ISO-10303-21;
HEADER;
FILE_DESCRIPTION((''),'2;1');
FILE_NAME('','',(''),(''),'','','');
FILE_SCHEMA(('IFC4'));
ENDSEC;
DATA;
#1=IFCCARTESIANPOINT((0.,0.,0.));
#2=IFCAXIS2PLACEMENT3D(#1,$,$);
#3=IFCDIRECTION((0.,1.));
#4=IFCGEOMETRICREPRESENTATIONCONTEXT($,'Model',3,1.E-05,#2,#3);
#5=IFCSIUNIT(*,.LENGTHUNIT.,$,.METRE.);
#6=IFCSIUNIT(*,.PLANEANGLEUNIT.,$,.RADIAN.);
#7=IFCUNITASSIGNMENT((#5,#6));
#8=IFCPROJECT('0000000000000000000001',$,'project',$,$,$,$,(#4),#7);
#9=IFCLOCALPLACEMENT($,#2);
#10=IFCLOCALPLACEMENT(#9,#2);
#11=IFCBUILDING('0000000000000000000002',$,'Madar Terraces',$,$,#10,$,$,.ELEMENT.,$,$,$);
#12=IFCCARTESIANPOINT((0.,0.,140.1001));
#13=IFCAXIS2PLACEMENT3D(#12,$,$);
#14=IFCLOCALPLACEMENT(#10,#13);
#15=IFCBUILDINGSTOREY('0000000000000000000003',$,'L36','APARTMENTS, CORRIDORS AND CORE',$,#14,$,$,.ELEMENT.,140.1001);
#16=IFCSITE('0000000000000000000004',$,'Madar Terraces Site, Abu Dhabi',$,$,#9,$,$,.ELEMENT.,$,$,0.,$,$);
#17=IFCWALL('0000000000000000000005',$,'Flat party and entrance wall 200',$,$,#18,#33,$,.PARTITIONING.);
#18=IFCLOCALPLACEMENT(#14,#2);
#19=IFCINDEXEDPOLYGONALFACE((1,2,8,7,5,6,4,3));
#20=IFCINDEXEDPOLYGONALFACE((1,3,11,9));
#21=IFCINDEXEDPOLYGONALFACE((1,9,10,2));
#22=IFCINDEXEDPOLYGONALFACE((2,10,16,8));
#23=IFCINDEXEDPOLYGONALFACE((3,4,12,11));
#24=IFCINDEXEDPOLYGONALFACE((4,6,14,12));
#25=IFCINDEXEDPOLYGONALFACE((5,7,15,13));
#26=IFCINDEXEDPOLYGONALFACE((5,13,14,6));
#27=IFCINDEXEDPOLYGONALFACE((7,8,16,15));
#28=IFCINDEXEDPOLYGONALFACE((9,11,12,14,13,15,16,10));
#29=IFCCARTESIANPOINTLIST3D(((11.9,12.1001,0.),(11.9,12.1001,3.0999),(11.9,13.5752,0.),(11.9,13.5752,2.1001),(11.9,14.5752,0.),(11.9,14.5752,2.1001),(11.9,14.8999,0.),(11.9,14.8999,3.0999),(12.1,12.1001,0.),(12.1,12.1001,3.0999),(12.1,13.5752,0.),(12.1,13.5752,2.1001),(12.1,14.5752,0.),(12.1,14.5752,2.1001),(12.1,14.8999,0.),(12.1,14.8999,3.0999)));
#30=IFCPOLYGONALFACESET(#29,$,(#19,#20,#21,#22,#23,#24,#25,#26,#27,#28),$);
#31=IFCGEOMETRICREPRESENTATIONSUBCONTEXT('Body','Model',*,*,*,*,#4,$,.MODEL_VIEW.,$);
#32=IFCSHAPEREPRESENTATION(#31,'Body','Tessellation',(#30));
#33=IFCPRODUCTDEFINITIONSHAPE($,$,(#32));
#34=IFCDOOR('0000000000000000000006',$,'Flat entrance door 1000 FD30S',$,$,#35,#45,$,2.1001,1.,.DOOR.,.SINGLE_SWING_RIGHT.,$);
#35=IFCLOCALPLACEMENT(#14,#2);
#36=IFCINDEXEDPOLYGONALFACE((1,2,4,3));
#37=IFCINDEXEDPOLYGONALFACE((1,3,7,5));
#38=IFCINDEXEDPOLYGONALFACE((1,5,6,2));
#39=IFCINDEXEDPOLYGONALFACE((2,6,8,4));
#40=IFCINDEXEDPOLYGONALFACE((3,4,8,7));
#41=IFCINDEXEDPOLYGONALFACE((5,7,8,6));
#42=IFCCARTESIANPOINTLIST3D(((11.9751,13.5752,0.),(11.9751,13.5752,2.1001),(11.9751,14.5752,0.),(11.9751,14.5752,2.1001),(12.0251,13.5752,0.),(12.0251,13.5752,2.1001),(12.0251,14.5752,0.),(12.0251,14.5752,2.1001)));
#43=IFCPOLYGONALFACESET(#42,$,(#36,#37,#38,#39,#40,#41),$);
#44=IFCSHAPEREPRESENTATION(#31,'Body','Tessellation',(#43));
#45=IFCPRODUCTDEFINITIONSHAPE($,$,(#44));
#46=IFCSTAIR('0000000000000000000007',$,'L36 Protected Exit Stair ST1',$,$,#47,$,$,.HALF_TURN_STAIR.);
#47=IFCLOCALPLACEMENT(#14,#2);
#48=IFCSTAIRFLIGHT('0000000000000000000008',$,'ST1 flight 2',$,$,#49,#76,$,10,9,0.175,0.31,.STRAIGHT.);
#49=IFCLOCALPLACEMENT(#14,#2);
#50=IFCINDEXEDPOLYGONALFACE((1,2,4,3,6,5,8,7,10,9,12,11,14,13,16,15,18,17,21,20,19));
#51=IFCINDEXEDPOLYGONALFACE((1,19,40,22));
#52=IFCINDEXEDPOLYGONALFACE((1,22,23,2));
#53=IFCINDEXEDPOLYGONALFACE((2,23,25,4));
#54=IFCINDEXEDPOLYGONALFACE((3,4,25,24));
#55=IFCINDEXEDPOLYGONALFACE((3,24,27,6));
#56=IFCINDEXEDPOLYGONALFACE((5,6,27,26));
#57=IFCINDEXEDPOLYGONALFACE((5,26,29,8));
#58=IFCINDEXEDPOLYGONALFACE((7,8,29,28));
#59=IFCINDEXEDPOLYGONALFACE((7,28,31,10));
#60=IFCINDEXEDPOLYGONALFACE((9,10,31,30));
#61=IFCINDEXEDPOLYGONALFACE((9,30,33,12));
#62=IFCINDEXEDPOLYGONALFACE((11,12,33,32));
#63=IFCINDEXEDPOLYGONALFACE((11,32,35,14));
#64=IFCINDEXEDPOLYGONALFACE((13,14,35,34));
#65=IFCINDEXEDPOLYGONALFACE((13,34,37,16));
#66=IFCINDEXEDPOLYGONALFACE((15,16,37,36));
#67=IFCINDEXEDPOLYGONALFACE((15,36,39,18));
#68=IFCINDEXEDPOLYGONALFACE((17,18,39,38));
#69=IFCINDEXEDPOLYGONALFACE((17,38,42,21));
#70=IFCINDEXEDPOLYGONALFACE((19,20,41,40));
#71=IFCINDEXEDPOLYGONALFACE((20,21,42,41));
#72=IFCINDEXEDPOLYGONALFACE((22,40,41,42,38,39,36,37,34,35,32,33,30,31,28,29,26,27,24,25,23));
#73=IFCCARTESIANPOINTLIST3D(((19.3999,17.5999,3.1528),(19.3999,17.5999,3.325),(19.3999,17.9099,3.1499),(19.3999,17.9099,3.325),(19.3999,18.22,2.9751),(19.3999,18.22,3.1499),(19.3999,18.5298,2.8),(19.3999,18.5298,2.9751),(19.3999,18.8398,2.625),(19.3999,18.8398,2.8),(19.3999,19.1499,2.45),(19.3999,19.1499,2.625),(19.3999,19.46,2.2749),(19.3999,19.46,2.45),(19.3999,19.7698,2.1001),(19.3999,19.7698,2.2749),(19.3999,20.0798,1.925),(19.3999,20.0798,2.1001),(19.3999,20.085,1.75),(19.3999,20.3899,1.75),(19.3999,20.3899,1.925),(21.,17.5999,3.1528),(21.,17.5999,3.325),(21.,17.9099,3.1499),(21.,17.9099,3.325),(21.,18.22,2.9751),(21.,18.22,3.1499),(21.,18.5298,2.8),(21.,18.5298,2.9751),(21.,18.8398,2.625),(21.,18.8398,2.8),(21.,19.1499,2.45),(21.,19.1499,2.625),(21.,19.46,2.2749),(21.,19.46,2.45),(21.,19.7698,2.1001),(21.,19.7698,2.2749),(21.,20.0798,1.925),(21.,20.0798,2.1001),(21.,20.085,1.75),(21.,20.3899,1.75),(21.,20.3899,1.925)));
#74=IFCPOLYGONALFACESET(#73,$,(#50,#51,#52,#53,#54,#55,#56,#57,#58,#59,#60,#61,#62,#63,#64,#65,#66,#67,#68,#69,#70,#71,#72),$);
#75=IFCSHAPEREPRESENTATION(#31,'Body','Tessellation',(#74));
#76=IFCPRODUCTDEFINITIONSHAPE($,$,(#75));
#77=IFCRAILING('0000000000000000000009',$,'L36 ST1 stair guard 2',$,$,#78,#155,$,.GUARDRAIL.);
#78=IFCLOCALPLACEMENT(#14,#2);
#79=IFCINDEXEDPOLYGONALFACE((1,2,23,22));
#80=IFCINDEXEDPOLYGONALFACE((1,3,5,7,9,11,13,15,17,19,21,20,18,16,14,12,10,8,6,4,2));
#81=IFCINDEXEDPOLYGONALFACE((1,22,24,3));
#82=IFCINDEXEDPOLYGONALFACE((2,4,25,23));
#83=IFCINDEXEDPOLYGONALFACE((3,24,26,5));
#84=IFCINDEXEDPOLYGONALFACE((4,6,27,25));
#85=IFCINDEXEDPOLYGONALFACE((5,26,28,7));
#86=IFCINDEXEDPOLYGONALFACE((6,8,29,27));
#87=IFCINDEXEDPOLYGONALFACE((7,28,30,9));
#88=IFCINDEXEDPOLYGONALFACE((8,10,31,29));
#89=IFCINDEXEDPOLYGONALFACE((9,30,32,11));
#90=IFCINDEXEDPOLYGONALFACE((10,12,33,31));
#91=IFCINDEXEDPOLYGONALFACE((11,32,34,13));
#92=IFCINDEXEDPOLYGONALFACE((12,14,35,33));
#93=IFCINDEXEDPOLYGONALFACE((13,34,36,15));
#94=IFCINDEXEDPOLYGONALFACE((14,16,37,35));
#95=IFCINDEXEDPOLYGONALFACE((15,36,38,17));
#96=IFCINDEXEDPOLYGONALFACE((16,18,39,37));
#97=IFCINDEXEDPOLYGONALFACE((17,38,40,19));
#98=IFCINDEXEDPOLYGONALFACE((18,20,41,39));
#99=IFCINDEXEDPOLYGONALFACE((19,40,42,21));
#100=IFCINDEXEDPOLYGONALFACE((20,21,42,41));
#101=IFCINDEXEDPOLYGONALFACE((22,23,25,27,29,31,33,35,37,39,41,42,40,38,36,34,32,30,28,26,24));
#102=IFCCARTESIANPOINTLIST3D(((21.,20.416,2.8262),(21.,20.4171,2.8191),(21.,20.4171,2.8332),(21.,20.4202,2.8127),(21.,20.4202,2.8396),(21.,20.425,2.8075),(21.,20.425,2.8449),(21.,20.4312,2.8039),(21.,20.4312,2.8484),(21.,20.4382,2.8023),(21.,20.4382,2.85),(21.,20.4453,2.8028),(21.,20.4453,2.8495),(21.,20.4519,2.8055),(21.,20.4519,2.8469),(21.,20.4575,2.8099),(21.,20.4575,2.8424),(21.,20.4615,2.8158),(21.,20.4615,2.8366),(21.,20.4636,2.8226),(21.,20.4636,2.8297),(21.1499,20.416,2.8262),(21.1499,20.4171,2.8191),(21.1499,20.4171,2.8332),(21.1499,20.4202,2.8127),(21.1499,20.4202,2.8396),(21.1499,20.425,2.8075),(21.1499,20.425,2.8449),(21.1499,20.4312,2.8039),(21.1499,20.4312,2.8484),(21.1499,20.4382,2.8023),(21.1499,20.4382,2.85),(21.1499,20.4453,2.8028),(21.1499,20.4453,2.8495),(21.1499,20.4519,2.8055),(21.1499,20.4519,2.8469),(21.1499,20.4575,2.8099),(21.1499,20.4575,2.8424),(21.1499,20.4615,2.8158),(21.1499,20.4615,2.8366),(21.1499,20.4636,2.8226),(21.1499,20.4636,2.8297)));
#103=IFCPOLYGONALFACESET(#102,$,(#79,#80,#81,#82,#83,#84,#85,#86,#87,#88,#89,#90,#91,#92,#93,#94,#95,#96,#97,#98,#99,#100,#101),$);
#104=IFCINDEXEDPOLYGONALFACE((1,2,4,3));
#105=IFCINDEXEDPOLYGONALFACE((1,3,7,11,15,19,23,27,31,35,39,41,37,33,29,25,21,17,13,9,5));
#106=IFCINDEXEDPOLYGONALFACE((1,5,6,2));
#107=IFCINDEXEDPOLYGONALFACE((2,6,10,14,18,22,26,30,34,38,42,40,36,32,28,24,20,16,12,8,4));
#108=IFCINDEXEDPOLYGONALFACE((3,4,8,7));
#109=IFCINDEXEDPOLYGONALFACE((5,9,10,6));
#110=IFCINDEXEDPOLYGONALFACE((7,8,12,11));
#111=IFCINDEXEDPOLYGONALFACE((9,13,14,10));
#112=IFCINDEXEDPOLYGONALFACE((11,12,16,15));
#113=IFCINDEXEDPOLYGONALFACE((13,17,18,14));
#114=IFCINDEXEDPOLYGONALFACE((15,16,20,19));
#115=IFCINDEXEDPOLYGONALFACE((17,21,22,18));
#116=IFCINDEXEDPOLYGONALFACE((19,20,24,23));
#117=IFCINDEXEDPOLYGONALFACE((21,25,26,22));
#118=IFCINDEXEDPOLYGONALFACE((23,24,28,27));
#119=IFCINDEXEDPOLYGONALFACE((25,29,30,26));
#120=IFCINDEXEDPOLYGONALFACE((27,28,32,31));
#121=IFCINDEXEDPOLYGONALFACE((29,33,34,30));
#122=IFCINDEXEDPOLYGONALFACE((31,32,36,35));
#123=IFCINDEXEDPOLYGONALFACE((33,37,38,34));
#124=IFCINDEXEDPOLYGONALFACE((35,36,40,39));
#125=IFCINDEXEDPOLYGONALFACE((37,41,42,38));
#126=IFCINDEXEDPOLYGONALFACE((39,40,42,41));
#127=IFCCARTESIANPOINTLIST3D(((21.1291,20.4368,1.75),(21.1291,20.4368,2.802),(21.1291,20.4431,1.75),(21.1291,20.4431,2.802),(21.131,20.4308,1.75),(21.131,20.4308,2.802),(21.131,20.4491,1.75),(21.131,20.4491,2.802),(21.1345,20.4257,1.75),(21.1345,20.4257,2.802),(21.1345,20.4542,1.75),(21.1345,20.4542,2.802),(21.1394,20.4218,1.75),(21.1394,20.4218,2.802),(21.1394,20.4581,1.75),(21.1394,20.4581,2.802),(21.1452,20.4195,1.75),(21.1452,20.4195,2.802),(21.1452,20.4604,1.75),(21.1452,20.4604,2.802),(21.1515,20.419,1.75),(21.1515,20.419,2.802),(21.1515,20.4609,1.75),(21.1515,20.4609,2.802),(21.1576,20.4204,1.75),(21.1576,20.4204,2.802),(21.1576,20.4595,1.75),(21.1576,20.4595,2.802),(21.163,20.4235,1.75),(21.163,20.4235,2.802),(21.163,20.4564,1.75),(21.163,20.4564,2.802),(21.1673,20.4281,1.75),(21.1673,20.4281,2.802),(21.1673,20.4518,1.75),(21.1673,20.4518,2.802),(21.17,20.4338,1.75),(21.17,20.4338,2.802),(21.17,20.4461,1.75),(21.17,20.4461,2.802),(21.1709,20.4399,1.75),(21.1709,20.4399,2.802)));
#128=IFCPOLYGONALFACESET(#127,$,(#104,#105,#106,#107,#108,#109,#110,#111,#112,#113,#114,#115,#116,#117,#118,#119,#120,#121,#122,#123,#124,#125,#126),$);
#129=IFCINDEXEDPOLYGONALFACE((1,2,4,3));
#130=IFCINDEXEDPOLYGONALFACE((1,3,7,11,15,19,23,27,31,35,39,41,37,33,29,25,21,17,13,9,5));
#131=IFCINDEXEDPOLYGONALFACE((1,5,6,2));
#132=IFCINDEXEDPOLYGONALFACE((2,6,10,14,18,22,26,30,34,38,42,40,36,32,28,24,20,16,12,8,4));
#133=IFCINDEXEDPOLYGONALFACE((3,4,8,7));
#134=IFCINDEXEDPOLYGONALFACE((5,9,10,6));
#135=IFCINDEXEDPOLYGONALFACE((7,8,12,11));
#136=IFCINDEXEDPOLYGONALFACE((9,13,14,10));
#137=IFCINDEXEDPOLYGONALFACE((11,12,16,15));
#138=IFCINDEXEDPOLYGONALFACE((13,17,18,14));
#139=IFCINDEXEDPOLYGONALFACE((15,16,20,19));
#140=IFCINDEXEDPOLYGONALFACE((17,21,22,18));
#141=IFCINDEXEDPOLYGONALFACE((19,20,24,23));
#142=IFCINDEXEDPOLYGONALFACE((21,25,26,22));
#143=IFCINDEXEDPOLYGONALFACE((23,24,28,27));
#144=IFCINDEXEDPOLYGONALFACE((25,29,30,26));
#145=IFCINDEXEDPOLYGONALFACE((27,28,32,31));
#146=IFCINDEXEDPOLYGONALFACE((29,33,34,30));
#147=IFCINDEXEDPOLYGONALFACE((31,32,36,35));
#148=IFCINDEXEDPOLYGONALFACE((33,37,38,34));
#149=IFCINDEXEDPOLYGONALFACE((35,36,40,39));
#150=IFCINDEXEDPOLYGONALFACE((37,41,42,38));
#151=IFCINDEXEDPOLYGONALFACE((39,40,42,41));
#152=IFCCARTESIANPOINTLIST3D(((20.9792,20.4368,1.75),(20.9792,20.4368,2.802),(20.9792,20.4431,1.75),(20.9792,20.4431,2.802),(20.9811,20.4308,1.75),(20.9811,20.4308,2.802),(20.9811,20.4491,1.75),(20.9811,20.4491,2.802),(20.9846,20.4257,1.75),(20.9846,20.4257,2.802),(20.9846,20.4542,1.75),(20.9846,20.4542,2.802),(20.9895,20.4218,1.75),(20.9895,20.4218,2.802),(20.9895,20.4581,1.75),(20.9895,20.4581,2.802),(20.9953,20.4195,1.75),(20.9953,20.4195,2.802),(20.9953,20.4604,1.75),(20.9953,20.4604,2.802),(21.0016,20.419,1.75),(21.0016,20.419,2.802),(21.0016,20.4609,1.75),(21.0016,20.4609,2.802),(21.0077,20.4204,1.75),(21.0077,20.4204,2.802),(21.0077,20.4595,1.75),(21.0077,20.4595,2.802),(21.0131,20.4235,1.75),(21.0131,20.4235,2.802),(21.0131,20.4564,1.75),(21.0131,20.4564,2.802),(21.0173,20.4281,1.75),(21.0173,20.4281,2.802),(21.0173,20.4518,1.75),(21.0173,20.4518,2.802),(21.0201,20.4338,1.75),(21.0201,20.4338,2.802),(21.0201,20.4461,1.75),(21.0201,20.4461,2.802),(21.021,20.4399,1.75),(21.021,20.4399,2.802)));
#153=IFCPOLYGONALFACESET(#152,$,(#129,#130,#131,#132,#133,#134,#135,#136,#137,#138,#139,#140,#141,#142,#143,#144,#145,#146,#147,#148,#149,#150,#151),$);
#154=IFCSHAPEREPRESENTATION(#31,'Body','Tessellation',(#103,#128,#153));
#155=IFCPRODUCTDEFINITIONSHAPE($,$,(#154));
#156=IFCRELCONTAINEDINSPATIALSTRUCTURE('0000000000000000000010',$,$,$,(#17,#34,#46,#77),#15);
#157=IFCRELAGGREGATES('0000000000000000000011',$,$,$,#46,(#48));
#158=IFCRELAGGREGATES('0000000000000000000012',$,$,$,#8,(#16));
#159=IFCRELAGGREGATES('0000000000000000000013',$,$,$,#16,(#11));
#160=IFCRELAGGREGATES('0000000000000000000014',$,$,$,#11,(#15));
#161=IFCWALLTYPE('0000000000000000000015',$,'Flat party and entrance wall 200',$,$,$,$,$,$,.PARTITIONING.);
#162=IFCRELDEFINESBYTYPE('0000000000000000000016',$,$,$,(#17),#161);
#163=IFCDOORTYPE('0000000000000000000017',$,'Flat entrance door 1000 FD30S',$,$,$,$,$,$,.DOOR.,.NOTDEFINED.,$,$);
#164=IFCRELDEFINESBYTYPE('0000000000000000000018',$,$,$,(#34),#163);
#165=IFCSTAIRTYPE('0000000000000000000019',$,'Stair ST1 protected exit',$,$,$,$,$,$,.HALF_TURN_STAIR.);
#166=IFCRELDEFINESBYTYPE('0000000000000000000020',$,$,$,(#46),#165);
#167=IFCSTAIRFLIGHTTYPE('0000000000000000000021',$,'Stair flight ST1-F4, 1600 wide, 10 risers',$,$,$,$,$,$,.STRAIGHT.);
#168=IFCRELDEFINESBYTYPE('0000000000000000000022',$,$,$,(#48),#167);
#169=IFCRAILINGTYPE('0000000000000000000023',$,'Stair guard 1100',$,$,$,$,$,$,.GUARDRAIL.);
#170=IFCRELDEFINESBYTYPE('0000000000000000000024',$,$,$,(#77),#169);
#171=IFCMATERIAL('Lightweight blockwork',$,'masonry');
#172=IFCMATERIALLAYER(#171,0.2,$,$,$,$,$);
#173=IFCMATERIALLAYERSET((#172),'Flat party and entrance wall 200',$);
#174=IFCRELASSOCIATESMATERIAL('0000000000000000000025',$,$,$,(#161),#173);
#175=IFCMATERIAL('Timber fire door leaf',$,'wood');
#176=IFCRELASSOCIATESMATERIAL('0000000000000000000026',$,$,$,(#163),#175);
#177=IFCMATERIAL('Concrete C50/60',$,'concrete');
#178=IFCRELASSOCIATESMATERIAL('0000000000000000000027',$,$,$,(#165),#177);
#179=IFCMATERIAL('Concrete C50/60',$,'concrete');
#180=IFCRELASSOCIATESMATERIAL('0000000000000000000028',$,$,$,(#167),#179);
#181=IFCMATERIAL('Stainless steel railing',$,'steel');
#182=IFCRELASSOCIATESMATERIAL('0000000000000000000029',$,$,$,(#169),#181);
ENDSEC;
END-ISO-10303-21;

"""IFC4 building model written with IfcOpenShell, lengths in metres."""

from ifc_helpers import new_model, si_unit, direction, frame, frame_2d, origin, origin_2d, place, context, subcontext, project, spatial, polyline, rectangle, circle, outline, extrude, material, layer, layer_set, type_object, element, fill, aggregate, save


model = new_model("IFC4")

# Units and contexts
model_context = context("Model", 3, precision=1e-05, world=origin(), true_north=direction((0.0, 1.0)))
body_context = subcontext(model_context, "Body", "Model", "MODEL_VIEW")
ifc_project = project(units=[si_unit("LENGTHUNIT", "METRE"), si_unit("PLANEANGLEUNIT", "RADIAN")], contexts=[model_context])

# Site, building, storey
site_placement = place(None, origin())
site = spatial("IfcSite", under=ifc_project, at=site_placement, Name="Madar Terraces Site, Abu Dhabi", CompositionType="ELEMENT", RefElevation=0.0)
building_placement = place(site_placement, origin())
building = spatial("IfcBuilding", under=site, at=building_placement, Name="Madar Terraces", CompositionType="ELEMENT")
storey_placement = place(building_placement, frame((0.0, 0.0, 140.1001)))
storey = spatial("IfcBuildingStorey", under=building, at=storey_placement, Name="L36", Description="APARTMENTS, CORRIDORS AND CORE", CompositionType="ELEMENT", Elevation=140.1001)

# Wall, opening, door
ifc_material_1 = material(Name="Lightweight blockwork", Category="masonry")
ifc_layer_1 = layer(ifc_material_1, 0.2)
ifc_layer_set_1 = layer_set([ifc_layer_1], Name="Flat party and entrance wall 200")
wall_type_1 = type_object("IfcWallType", Name="Flat party and entrance wall 200", PredefinedType="PARTITIONING", material=ifc_layer_set_1)
wall_1_placement = place(storey_placement, frame((12.0, 12.1001, 0.0), z_axis=(0.0, 0.0, 1.0), x_axis=(0.0, 1.0, 0.0)))
wall_1 = element("IfcWall", 1, at=wall_1_placement, inside=storey, type_object=wall_type_1, Name="Flat party and entrance wall 200", PredefinedType="PARTITIONING", context=body_context, shape_type="SweptSolid", body=[
    extrude(rectangle(XDim=2.7998, YDim=0.2, at=frame_2d((1.3999, 0.0))), origin(), (0.0, 0.0, 1.0), 3.0999),
])
opening_1_placement = place(wall_1_placement, frame((1.4751, 0.0, 0.0)))
opening_1 = element("IfcOpeningElement", 2, at=opening_1_placement, cuts=wall_1, PredefinedType="OPENING", context=body_context, shape_type="SweptSolid", body=[
    extrude(rectangle(XDim=1.0, YDim=2.1001, at=frame_2d((0.5, 1.05))), frame((0.0, 0.1099, 0.0), z_axis=(0.0, -1.0, 0.0), x_axis=(1.0, 0.0, 0.0)), (0.0, 0.0, 1.0), 0.22),
])
ifc_material_2 = material(Name="Timber fire door leaf", Category="wood")
door_type_1 = type_object("IfcDoorType", Name="Flat entrance door 1000 FD30S", OperationType="NOTDEFINED", PredefinedType="DOOR", material=ifc_material_2)
door_1_placement = place(opening_1_placement, origin())
door_1 = element("IfcDoor", 3, at=door_1_placement, inside=storey, type_object=door_type_1, Name="Flat entrance door 1000 FD30S", OperationType="SINGLE_SWING_RIGHT", OverallHeight=2.1001, OverallWidth=1.0, PredefinedType="DOOR", context=body_context, shape_type="SweptSolid", body=[
    extrude(rectangle(XDim=1.0, YDim=2.1001, at=frame_2d((0.5, 1.05))), frame((0.0, 0.0249, 0.0), z_axis=(0.0, -1.0, 0.0), x_axis=(1.0, 0.0, 0.0)), (0.0, 0.0, 1.0), 0.05),
])
fill(opening_1, door_1)

# Stair, stair flight
ifc_material_3 = material(Name="Concrete C50/60", Category="concrete")
stair_type = type_object("IfcStairType", Name="Stair ST1 protected exit", PredefinedType="HALF_TURN_STAIR", material=ifc_material_3)
stair_placement = place(storey_placement, origin())
stair = element("IfcStair", 4, at=stair_placement, inside=storey, type_object=stair_type, Name="L36 Protected Exit Stair ST1", PredefinedType="HALF_TURN_STAIR")
ifc_material_4 = material(Name="Concrete C50/60", Category="concrete")
stair_flight_type = type_object("IfcStairFlightType", Name="Stair flight ST1-F4, 1600 wide, 10 risers", PredefinedType="STRAIGHT", material=ifc_material_4)
stair_flight_placement = place(storey_placement, frame((20.2, 20.3899, 1.75), z_axis=(0.0, 0.0, 1.0), x_axis=(0.0, -1.0, 0.0)))
stair_flight = element("IfcStairFlight", 5, at=stair_flight_placement, type_object=stair_flight_type, Name="ST1 flight 2", NumberOfRisers=10, NumberOfTreads=9, PredefinedType="STRAIGHT", RiserHeight=0.175, TreadLength=0.31, context=body_context, shape_type="SweptSolid", body=[
    extrude(outline(polyline([(0.0, 0.0), (0.0, 0.175), (0.3101, 0.175), (0.3101, 0.3501), (0.6201, 0.3501), (0.6201, 0.5249), (0.9299, 0.5249), (0.9299, 0.7), (1.24, 0.7), (1.24, 0.875), (1.55, 0.875), (1.55, 1.05), (1.8601, 1.05), (1.8601, 1.2251), (2.1699, 1.2251), (2.1699, 1.3999), (2.48, 1.3999), (2.48, 1.575), (2.79, 1.575), (2.79, 1.75), (2.79, 1.4028), (0.3049, 0.0), (0.0, 0.0)])), frame((0.0, 0.8, 0.0), z_axis=(0.0, -1.0, 0.0), x_axis=(1.0, 0.0, 0.0)), (0.0, 0.0, 1.0), 1.6001),
])
aggregate(stair, [stair_flight])

# Railing
ifc_material_5 = material(Name="Stainless steel railing", Category="steel")
railing_type_1 = type_object("IfcRailingType", Name="Stair guard 1100", PredefinedType="GUARDRAIL", material=ifc_material_5)
railing_1_placement = place(storey_placement, frame((21.1499, 20.4399, 1.75)))
element("IfcRailing", 6, at=railing_1_placement, inside=storey, type_object=railing_type_1, Name="L36 ST1 stair guard 2", PredefinedType="GUARDRAIL", context=body_context, shape_type="SweptSolid", body=[
    extrude(circle(Radius=0.0239, at=origin_2d()), frame((0.0, 0.0, 1.0762), z_axis=(-1.0, 0.0, 0.0), x_axis=(0.0, -1.0, 0.0)), (0.0, 0.0, 1.0), 0.1499),
    extrude(circle(Radius=0.021, at=origin_2d()), origin(), (0.0, 0.0, 1.0), 1.052),
    extrude(circle(Radius=0.021, at=origin_2d()), frame((-0.1499, 0.0, 0.0)), (0.0, 0.0, 1.0), 1.052),
])

save(model, "model.ifc")
